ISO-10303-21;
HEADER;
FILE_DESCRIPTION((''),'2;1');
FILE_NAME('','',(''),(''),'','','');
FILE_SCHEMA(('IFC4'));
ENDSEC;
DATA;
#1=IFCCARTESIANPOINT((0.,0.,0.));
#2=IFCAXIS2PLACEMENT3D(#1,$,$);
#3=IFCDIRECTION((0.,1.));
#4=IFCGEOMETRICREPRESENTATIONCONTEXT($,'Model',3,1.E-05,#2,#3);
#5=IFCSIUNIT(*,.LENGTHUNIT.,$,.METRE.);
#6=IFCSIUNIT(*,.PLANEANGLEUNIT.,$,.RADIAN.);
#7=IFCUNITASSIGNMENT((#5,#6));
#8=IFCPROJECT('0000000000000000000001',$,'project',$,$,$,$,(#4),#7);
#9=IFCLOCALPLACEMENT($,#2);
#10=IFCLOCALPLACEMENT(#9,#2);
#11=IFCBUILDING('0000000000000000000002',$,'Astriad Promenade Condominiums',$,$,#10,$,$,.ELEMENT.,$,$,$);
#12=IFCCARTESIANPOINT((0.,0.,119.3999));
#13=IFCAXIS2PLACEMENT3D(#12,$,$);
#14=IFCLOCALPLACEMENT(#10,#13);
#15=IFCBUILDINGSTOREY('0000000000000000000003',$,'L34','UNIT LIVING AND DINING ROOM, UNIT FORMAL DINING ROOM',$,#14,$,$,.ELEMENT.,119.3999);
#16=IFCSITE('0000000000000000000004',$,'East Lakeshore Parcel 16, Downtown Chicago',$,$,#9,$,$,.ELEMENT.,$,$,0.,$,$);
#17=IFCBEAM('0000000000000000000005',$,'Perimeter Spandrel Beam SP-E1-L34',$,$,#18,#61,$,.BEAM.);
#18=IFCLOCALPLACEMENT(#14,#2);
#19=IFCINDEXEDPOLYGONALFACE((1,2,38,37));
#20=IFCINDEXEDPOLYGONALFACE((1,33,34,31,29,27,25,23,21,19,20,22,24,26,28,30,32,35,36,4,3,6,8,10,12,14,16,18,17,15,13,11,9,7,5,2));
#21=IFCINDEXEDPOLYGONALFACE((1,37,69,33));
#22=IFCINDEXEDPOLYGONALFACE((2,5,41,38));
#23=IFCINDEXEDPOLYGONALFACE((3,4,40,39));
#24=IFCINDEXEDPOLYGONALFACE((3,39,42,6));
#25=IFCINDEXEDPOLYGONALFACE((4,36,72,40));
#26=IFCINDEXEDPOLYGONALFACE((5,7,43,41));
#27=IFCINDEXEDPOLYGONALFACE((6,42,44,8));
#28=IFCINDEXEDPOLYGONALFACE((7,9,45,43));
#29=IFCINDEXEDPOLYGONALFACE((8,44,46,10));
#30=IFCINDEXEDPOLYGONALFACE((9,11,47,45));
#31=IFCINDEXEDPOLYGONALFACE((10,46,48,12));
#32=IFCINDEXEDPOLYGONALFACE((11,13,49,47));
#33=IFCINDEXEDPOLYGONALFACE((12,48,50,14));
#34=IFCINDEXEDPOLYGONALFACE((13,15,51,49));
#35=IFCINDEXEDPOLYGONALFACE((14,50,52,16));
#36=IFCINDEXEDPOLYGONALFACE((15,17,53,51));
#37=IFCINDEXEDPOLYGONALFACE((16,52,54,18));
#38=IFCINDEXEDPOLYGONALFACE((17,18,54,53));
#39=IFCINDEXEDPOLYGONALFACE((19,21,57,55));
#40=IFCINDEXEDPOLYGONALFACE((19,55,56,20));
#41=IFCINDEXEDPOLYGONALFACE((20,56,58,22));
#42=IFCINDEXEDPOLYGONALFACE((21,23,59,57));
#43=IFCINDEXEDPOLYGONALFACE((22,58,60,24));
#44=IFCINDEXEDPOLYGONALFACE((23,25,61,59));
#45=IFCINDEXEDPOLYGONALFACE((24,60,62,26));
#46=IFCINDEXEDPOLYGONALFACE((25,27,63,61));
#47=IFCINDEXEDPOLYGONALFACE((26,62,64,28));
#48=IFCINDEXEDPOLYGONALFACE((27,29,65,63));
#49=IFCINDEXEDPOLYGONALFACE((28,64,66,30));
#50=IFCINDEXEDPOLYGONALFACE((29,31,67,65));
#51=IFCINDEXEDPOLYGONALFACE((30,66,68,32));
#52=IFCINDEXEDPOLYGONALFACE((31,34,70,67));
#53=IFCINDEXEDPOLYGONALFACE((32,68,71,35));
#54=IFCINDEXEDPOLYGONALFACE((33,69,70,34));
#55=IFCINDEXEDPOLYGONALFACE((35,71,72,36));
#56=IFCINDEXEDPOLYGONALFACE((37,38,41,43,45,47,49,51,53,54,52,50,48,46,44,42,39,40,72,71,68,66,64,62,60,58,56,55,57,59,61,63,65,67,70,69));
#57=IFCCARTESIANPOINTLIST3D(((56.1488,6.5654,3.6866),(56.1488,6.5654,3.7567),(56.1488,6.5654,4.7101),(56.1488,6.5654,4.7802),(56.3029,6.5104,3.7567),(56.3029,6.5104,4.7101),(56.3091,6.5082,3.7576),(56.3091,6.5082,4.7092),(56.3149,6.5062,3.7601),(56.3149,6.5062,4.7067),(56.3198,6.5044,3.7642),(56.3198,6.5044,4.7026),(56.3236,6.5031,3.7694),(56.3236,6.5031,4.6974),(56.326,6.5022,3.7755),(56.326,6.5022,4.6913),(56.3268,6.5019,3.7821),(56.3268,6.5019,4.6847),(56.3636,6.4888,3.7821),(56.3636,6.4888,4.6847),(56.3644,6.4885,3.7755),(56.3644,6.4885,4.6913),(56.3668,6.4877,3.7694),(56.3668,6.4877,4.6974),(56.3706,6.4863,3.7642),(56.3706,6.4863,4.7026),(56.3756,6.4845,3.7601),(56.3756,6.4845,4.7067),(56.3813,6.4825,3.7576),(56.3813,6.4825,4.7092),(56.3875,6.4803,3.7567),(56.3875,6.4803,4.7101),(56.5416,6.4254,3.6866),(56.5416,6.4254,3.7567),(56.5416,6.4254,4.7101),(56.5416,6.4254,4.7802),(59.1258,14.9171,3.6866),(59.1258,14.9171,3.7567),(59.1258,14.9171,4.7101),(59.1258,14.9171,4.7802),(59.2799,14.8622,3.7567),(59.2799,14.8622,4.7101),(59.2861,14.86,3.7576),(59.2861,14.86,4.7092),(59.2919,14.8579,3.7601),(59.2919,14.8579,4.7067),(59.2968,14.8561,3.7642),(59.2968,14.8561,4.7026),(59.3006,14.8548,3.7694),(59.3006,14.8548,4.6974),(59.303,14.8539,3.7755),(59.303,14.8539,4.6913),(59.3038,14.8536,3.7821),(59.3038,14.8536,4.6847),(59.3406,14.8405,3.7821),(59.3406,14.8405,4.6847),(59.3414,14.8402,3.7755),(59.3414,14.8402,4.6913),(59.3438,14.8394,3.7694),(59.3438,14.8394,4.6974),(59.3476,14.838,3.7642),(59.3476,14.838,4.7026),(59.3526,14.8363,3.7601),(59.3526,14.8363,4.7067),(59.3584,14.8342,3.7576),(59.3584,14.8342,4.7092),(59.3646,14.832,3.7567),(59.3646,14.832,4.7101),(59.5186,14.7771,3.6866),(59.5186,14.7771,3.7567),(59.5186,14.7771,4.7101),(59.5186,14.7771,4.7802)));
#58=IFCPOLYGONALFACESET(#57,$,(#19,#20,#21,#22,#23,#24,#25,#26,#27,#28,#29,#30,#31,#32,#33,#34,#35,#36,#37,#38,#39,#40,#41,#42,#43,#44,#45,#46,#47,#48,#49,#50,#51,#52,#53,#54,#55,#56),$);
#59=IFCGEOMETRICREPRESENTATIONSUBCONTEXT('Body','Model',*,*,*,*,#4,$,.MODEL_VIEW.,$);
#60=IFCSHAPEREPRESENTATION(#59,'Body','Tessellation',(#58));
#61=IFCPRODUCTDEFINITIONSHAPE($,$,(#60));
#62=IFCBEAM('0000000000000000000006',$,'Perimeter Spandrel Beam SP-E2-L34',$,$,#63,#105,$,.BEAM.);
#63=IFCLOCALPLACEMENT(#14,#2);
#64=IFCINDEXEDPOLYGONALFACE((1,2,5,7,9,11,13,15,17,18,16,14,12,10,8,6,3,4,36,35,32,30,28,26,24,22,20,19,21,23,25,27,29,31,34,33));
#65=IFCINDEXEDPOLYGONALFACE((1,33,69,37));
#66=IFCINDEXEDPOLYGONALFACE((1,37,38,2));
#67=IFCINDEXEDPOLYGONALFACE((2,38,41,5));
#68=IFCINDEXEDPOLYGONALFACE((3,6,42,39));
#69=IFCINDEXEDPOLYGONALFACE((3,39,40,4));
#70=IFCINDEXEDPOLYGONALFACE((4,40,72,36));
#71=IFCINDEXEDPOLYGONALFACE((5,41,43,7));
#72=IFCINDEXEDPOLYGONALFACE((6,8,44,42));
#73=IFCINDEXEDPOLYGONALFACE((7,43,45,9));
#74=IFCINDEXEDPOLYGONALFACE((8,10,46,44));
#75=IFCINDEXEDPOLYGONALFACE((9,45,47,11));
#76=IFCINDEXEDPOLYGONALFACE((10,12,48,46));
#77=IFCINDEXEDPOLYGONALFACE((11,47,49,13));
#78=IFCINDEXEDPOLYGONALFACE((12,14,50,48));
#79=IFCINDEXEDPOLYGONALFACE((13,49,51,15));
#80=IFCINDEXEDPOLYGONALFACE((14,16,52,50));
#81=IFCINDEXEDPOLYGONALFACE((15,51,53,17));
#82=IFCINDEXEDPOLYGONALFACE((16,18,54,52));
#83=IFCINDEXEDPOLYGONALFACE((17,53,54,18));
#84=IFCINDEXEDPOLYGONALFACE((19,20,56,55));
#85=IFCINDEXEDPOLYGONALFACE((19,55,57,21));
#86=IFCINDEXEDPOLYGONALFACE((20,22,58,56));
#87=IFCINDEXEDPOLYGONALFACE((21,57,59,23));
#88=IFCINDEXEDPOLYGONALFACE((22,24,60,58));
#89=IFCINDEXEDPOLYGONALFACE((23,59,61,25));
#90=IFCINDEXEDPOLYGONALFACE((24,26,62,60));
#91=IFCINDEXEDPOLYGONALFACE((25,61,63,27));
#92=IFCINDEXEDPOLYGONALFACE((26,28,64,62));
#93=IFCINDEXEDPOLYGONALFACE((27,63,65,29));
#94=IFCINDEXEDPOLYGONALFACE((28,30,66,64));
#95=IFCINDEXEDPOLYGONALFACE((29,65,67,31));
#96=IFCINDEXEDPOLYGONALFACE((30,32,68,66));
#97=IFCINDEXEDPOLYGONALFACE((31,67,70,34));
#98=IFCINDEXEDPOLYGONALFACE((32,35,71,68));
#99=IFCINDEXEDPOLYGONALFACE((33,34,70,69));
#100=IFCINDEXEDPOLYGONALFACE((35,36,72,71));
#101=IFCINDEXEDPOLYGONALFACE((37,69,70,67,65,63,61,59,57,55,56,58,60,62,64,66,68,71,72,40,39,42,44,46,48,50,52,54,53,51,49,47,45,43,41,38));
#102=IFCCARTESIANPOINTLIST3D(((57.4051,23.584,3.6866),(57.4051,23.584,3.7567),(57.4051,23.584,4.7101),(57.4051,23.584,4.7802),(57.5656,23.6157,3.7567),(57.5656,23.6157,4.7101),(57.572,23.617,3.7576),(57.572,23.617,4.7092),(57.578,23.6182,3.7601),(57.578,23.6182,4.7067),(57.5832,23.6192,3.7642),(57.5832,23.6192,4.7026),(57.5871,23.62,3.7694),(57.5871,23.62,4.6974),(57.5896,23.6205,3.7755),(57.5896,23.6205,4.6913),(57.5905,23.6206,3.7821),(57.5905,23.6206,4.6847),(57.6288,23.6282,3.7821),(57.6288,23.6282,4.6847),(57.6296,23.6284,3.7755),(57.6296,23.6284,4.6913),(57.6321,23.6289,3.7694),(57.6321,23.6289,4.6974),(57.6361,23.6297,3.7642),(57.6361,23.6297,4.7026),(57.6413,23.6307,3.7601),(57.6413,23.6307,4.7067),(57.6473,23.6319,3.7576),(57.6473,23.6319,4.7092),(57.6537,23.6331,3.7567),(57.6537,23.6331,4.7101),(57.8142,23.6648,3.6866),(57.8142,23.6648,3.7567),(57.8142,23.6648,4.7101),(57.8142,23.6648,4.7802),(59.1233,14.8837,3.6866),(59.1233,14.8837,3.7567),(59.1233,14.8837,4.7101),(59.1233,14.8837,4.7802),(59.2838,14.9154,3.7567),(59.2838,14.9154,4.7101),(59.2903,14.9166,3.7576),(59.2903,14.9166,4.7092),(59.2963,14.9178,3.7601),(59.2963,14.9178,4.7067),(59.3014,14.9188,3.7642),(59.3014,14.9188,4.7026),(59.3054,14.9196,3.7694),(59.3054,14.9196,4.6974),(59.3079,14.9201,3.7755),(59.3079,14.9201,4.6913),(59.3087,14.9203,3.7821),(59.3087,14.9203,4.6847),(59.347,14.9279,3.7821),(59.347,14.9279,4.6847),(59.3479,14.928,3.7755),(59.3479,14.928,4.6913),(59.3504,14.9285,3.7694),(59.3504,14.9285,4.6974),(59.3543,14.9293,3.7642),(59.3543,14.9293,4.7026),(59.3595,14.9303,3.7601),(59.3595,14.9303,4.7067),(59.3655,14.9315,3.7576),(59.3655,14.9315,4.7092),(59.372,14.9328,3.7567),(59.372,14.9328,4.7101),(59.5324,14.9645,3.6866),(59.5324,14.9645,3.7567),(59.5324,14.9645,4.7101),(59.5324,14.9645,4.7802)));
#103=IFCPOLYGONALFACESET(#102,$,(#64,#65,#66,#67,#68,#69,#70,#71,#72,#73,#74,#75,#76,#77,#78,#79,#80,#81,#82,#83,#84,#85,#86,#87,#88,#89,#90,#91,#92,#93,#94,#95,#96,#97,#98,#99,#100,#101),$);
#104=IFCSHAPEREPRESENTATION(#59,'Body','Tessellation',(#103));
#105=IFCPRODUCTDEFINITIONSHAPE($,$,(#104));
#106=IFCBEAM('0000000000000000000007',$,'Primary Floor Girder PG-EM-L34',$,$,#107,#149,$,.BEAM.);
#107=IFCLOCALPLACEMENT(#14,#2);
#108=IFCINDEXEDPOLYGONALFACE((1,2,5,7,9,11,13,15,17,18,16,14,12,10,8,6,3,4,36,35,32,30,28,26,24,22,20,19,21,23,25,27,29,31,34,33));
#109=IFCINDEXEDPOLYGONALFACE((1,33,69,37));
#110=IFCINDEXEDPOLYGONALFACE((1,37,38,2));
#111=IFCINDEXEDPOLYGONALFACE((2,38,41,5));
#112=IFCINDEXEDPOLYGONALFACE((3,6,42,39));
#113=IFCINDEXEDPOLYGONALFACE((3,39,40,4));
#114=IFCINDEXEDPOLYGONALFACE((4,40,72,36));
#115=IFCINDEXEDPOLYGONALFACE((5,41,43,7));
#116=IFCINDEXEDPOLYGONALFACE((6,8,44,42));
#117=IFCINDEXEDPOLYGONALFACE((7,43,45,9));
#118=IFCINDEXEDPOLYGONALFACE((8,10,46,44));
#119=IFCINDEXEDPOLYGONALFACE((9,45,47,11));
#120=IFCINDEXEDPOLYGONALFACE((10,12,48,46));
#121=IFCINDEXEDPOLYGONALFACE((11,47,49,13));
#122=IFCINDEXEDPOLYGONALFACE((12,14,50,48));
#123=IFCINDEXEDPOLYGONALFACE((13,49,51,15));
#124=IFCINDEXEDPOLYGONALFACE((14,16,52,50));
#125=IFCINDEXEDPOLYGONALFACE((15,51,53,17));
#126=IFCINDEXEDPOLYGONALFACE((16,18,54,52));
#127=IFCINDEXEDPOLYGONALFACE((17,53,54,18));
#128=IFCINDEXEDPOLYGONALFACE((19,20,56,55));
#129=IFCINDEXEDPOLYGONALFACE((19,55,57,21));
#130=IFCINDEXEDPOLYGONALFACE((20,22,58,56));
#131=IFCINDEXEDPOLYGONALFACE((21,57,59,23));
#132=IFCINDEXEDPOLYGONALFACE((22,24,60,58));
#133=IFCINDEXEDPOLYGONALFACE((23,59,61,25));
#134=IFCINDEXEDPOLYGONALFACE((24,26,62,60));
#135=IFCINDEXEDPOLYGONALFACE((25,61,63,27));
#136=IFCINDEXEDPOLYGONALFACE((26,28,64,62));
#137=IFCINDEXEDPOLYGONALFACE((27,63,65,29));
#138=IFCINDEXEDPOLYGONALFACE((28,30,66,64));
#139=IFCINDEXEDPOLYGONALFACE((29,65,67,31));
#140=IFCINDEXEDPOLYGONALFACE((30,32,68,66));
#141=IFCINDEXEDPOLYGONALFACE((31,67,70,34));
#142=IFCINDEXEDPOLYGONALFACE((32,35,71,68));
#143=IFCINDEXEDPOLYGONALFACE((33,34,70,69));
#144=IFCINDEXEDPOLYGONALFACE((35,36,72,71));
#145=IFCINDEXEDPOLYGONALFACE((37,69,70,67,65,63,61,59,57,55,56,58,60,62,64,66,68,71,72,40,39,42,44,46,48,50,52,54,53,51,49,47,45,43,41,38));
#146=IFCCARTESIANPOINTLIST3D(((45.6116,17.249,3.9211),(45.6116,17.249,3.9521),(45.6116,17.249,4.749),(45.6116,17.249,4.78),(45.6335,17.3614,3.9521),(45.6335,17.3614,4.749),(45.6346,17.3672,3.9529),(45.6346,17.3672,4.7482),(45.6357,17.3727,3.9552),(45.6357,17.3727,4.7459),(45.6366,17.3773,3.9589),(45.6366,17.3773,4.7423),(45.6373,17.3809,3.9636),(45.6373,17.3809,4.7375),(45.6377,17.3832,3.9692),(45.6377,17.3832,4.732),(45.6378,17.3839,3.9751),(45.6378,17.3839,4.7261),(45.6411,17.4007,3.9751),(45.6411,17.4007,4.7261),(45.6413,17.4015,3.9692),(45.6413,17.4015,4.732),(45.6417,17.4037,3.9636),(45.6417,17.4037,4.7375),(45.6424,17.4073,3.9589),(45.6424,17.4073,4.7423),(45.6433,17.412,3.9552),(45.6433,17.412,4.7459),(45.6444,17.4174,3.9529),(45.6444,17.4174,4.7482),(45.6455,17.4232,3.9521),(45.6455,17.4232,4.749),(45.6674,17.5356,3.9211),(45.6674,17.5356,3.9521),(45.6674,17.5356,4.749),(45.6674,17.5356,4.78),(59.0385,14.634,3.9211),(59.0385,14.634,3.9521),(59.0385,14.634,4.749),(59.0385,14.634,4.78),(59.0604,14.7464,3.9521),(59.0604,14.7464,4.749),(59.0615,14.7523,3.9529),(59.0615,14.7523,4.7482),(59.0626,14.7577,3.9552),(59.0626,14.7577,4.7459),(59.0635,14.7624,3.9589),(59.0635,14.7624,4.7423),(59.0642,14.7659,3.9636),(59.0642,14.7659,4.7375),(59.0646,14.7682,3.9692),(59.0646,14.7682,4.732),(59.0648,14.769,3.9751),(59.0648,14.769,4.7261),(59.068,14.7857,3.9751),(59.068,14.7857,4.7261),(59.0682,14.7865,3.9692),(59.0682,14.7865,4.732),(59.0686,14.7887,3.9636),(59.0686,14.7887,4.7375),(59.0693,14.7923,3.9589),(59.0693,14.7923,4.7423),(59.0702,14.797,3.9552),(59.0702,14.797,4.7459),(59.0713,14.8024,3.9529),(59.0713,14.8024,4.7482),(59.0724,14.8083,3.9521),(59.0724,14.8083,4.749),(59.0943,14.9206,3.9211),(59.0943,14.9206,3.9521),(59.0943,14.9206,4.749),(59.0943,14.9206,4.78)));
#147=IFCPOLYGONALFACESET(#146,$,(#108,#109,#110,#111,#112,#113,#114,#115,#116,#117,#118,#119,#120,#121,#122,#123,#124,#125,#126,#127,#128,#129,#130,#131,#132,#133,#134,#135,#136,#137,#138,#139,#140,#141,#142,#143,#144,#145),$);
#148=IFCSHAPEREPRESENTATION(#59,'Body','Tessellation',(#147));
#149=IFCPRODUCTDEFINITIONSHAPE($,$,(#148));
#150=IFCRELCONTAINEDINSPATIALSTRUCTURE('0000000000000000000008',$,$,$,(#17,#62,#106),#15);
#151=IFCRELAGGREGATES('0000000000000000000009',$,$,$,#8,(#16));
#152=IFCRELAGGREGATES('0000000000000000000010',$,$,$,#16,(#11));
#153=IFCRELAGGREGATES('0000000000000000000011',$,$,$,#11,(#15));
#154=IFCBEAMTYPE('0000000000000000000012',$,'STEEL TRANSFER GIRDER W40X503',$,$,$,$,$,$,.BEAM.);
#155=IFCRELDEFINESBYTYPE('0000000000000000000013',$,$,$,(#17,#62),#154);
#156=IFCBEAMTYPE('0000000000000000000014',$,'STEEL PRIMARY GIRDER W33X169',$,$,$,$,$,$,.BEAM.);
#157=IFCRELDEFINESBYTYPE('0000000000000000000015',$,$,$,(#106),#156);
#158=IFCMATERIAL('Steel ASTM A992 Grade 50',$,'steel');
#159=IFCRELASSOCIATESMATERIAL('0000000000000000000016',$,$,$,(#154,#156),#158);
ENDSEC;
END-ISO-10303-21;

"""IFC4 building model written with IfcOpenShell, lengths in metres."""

from ifc_helpers import new_model, si_unit, direction, frame, origin, origin_2d, place, context, subcontext, project, spatial, i_section, extrude, source, transform, mapped, material, material_profile, profile_set, type_object, type_shapes, element, save


model = new_model("IFC4")

# Units and contexts
model_context = context("Model", 3, precision=1e-05, world=origin(), true_north=direction((0.0, 1.0)))
body_context = subcontext(model_context, "Body", "Model", "MODEL_VIEW")
ifc_project = project(units=[si_unit("LENGTHUNIT", "METRE"), si_unit("PLANEANGLEUNIT", "RADIAN")], contexts=[model_context])

# Site, building, storey
site_placement = place(None, origin())
site = spatial("IfcSite", under=ifc_project, at=site_placement, Name="East Lakeshore Parcel 16, Downtown Chicago", CompositionType="ELEMENT", RefElevation=0.0)
building_placement = place(site_placement, origin())
building = spatial("IfcBuilding", under=site, at=building_placement, Name="Astriad Promenade Condominiums", CompositionType="ELEMENT")
storey_placement = place(building_placement, frame((0.0, 0.0, 119.3999)))
storey = spatial("IfcBuildingStorey", under=building, at=storey_placement, Name="L34", Description="UNIT LIVING AND DINING ROOM, UNIT FORMAL DINING ROOM", CompositionType="ELEMENT", Elevation=119.3999)

# Shared definitions
ifc_material_1 = material(Name="Steel ASTM A992 Grade 50", Category="steel")

# Beams
ifc_material_profile_1 = material_profile(ifc_material_1, i_section(OverallWidth=0.417, OverallDepth=1.0935, WebThickness=0.0391, FlangeThickness=0.0701, FilletRadius=0.0254, at=origin_2d()), Name="W40X503")
ifc_profile_set_1 = profile_set([ifc_material_profile_1], Name="Steel ASTM A992 Grade 50")
beam_type_1 = type_object("IfcBeamType", Name="STEEL TRANSFER GIRDER W40X503", PredefinedType="BEAM", material=ifc_profile_set_1)
shared_shape_1 = source(origin(), body_context, "Body", "SweptSolid", [
    extrude(i_section(OverallWidth=0.417, OverallDepth=1.0935, WebThickness=0.0391, FlangeThickness=0.0701, FilletRadius=0.0254, at=origin_2d()), origin(), (0.0, 0.0, 1.0), 8.8665),
])
beam_1_placement = place(storey_placement, frame((56.3452, 6.4954, 4.2334), z_axis=(0.335762, 0.941947, 0.0), x_axis=(-0.941947, 0.335762, 0.0)))
element("IfcBeam", 1, at=beam_1_placement, inside=storey, type_object=beam_type_1, Name="Perimeter Spandrel Beam SP-E1-L34", PredefinedType="BEAM", context=body_context, shape_type="MappedRepresentation", body=[
    mapped(shared_shape_1, transform((0.0, 0.0, 0.0), scale=1.0)),
])
shared_shape_2 = source(origin(), body_context, "Body", "SweptSolid", [
    extrude(i_section(OverallWidth=0.417, OverallDepth=1.0935, WebThickness=0.0391, FlangeThickness=0.0701, FilletRadius=0.0254, at=origin_2d()), origin(), (0.0, 0.0, 1.0), 8.8684),
])
type_shapes(beam_type_1, [shared_shape_1, shared_shape_2])
beam_2_placement = place(storey_placement, frame((59.3279, 14.9241, 4.2334), z_axis=(-0.193749, 0.981051, 0.0), x_axis=(-0.981051, -0.193749, 0.0)))
element("IfcBeam", 2, at=beam_2_placement, inside=storey, type_object=beam_type_1, Name="Perimeter Spandrel Beam SP-E2-L34", PredefinedType="BEAM", context=body_context, shape_type="MappedRepresentation", body=[
    mapped(shared_shape_2, transform((0.0, 0.0, 0.0), scale=1.0)),
])
ifc_material_profile_2 = material_profile(ifc_material_1, i_section(OverallWidth=0.292, OverallDepth=0.8589, WebThickness=0.0171, FlangeThickness=0.031, FilletRadius=0.0229, at=origin_2d()), Name="W33X169")
ifc_profile_set_2 = profile_set([ifc_material_profile_2], Name="Steel ASTM A992 Grade 50")
beam_type_2 = type_object("IfcBeamType", Name="STEEL PRIMARY GIRDER W33X169", PredefinedType="BEAM", material=ifc_profile_set_2)
shared_shape_3 = source(origin(), body_context, "Body", "SweptSolid", [
    extrude(i_section(OverallWidth=0.292, OverallDepth=0.8589, WebThickness=0.0171, FlangeThickness=0.031, FilletRadius=0.0229, at=origin_2d()), origin(), (0.0, 0.0, 1.0), 13.6792),
])
type_shapes(beam_type_2, [shared_shape_3])
beam_3_placement = place(storey_placement, frame((59.0664, 14.7773, 4.3506), z_axis=(-0.981558, 0.191164, 0.0), x_axis=(-0.191164, -0.981558, 0.0)))
element("IfcBeam", 3, at=beam_3_placement, inside=storey, type_object=beam_type_2, Name="Primary Floor Girder PG-EM-L34", PredefinedType="BEAM", context=body_context, shape_type="MappedRepresentation", body=[
    mapped(shared_shape_3, transform((0.0, 0.0, 0.0), scale=1.0)),
])

save(model, "model.ifc")
